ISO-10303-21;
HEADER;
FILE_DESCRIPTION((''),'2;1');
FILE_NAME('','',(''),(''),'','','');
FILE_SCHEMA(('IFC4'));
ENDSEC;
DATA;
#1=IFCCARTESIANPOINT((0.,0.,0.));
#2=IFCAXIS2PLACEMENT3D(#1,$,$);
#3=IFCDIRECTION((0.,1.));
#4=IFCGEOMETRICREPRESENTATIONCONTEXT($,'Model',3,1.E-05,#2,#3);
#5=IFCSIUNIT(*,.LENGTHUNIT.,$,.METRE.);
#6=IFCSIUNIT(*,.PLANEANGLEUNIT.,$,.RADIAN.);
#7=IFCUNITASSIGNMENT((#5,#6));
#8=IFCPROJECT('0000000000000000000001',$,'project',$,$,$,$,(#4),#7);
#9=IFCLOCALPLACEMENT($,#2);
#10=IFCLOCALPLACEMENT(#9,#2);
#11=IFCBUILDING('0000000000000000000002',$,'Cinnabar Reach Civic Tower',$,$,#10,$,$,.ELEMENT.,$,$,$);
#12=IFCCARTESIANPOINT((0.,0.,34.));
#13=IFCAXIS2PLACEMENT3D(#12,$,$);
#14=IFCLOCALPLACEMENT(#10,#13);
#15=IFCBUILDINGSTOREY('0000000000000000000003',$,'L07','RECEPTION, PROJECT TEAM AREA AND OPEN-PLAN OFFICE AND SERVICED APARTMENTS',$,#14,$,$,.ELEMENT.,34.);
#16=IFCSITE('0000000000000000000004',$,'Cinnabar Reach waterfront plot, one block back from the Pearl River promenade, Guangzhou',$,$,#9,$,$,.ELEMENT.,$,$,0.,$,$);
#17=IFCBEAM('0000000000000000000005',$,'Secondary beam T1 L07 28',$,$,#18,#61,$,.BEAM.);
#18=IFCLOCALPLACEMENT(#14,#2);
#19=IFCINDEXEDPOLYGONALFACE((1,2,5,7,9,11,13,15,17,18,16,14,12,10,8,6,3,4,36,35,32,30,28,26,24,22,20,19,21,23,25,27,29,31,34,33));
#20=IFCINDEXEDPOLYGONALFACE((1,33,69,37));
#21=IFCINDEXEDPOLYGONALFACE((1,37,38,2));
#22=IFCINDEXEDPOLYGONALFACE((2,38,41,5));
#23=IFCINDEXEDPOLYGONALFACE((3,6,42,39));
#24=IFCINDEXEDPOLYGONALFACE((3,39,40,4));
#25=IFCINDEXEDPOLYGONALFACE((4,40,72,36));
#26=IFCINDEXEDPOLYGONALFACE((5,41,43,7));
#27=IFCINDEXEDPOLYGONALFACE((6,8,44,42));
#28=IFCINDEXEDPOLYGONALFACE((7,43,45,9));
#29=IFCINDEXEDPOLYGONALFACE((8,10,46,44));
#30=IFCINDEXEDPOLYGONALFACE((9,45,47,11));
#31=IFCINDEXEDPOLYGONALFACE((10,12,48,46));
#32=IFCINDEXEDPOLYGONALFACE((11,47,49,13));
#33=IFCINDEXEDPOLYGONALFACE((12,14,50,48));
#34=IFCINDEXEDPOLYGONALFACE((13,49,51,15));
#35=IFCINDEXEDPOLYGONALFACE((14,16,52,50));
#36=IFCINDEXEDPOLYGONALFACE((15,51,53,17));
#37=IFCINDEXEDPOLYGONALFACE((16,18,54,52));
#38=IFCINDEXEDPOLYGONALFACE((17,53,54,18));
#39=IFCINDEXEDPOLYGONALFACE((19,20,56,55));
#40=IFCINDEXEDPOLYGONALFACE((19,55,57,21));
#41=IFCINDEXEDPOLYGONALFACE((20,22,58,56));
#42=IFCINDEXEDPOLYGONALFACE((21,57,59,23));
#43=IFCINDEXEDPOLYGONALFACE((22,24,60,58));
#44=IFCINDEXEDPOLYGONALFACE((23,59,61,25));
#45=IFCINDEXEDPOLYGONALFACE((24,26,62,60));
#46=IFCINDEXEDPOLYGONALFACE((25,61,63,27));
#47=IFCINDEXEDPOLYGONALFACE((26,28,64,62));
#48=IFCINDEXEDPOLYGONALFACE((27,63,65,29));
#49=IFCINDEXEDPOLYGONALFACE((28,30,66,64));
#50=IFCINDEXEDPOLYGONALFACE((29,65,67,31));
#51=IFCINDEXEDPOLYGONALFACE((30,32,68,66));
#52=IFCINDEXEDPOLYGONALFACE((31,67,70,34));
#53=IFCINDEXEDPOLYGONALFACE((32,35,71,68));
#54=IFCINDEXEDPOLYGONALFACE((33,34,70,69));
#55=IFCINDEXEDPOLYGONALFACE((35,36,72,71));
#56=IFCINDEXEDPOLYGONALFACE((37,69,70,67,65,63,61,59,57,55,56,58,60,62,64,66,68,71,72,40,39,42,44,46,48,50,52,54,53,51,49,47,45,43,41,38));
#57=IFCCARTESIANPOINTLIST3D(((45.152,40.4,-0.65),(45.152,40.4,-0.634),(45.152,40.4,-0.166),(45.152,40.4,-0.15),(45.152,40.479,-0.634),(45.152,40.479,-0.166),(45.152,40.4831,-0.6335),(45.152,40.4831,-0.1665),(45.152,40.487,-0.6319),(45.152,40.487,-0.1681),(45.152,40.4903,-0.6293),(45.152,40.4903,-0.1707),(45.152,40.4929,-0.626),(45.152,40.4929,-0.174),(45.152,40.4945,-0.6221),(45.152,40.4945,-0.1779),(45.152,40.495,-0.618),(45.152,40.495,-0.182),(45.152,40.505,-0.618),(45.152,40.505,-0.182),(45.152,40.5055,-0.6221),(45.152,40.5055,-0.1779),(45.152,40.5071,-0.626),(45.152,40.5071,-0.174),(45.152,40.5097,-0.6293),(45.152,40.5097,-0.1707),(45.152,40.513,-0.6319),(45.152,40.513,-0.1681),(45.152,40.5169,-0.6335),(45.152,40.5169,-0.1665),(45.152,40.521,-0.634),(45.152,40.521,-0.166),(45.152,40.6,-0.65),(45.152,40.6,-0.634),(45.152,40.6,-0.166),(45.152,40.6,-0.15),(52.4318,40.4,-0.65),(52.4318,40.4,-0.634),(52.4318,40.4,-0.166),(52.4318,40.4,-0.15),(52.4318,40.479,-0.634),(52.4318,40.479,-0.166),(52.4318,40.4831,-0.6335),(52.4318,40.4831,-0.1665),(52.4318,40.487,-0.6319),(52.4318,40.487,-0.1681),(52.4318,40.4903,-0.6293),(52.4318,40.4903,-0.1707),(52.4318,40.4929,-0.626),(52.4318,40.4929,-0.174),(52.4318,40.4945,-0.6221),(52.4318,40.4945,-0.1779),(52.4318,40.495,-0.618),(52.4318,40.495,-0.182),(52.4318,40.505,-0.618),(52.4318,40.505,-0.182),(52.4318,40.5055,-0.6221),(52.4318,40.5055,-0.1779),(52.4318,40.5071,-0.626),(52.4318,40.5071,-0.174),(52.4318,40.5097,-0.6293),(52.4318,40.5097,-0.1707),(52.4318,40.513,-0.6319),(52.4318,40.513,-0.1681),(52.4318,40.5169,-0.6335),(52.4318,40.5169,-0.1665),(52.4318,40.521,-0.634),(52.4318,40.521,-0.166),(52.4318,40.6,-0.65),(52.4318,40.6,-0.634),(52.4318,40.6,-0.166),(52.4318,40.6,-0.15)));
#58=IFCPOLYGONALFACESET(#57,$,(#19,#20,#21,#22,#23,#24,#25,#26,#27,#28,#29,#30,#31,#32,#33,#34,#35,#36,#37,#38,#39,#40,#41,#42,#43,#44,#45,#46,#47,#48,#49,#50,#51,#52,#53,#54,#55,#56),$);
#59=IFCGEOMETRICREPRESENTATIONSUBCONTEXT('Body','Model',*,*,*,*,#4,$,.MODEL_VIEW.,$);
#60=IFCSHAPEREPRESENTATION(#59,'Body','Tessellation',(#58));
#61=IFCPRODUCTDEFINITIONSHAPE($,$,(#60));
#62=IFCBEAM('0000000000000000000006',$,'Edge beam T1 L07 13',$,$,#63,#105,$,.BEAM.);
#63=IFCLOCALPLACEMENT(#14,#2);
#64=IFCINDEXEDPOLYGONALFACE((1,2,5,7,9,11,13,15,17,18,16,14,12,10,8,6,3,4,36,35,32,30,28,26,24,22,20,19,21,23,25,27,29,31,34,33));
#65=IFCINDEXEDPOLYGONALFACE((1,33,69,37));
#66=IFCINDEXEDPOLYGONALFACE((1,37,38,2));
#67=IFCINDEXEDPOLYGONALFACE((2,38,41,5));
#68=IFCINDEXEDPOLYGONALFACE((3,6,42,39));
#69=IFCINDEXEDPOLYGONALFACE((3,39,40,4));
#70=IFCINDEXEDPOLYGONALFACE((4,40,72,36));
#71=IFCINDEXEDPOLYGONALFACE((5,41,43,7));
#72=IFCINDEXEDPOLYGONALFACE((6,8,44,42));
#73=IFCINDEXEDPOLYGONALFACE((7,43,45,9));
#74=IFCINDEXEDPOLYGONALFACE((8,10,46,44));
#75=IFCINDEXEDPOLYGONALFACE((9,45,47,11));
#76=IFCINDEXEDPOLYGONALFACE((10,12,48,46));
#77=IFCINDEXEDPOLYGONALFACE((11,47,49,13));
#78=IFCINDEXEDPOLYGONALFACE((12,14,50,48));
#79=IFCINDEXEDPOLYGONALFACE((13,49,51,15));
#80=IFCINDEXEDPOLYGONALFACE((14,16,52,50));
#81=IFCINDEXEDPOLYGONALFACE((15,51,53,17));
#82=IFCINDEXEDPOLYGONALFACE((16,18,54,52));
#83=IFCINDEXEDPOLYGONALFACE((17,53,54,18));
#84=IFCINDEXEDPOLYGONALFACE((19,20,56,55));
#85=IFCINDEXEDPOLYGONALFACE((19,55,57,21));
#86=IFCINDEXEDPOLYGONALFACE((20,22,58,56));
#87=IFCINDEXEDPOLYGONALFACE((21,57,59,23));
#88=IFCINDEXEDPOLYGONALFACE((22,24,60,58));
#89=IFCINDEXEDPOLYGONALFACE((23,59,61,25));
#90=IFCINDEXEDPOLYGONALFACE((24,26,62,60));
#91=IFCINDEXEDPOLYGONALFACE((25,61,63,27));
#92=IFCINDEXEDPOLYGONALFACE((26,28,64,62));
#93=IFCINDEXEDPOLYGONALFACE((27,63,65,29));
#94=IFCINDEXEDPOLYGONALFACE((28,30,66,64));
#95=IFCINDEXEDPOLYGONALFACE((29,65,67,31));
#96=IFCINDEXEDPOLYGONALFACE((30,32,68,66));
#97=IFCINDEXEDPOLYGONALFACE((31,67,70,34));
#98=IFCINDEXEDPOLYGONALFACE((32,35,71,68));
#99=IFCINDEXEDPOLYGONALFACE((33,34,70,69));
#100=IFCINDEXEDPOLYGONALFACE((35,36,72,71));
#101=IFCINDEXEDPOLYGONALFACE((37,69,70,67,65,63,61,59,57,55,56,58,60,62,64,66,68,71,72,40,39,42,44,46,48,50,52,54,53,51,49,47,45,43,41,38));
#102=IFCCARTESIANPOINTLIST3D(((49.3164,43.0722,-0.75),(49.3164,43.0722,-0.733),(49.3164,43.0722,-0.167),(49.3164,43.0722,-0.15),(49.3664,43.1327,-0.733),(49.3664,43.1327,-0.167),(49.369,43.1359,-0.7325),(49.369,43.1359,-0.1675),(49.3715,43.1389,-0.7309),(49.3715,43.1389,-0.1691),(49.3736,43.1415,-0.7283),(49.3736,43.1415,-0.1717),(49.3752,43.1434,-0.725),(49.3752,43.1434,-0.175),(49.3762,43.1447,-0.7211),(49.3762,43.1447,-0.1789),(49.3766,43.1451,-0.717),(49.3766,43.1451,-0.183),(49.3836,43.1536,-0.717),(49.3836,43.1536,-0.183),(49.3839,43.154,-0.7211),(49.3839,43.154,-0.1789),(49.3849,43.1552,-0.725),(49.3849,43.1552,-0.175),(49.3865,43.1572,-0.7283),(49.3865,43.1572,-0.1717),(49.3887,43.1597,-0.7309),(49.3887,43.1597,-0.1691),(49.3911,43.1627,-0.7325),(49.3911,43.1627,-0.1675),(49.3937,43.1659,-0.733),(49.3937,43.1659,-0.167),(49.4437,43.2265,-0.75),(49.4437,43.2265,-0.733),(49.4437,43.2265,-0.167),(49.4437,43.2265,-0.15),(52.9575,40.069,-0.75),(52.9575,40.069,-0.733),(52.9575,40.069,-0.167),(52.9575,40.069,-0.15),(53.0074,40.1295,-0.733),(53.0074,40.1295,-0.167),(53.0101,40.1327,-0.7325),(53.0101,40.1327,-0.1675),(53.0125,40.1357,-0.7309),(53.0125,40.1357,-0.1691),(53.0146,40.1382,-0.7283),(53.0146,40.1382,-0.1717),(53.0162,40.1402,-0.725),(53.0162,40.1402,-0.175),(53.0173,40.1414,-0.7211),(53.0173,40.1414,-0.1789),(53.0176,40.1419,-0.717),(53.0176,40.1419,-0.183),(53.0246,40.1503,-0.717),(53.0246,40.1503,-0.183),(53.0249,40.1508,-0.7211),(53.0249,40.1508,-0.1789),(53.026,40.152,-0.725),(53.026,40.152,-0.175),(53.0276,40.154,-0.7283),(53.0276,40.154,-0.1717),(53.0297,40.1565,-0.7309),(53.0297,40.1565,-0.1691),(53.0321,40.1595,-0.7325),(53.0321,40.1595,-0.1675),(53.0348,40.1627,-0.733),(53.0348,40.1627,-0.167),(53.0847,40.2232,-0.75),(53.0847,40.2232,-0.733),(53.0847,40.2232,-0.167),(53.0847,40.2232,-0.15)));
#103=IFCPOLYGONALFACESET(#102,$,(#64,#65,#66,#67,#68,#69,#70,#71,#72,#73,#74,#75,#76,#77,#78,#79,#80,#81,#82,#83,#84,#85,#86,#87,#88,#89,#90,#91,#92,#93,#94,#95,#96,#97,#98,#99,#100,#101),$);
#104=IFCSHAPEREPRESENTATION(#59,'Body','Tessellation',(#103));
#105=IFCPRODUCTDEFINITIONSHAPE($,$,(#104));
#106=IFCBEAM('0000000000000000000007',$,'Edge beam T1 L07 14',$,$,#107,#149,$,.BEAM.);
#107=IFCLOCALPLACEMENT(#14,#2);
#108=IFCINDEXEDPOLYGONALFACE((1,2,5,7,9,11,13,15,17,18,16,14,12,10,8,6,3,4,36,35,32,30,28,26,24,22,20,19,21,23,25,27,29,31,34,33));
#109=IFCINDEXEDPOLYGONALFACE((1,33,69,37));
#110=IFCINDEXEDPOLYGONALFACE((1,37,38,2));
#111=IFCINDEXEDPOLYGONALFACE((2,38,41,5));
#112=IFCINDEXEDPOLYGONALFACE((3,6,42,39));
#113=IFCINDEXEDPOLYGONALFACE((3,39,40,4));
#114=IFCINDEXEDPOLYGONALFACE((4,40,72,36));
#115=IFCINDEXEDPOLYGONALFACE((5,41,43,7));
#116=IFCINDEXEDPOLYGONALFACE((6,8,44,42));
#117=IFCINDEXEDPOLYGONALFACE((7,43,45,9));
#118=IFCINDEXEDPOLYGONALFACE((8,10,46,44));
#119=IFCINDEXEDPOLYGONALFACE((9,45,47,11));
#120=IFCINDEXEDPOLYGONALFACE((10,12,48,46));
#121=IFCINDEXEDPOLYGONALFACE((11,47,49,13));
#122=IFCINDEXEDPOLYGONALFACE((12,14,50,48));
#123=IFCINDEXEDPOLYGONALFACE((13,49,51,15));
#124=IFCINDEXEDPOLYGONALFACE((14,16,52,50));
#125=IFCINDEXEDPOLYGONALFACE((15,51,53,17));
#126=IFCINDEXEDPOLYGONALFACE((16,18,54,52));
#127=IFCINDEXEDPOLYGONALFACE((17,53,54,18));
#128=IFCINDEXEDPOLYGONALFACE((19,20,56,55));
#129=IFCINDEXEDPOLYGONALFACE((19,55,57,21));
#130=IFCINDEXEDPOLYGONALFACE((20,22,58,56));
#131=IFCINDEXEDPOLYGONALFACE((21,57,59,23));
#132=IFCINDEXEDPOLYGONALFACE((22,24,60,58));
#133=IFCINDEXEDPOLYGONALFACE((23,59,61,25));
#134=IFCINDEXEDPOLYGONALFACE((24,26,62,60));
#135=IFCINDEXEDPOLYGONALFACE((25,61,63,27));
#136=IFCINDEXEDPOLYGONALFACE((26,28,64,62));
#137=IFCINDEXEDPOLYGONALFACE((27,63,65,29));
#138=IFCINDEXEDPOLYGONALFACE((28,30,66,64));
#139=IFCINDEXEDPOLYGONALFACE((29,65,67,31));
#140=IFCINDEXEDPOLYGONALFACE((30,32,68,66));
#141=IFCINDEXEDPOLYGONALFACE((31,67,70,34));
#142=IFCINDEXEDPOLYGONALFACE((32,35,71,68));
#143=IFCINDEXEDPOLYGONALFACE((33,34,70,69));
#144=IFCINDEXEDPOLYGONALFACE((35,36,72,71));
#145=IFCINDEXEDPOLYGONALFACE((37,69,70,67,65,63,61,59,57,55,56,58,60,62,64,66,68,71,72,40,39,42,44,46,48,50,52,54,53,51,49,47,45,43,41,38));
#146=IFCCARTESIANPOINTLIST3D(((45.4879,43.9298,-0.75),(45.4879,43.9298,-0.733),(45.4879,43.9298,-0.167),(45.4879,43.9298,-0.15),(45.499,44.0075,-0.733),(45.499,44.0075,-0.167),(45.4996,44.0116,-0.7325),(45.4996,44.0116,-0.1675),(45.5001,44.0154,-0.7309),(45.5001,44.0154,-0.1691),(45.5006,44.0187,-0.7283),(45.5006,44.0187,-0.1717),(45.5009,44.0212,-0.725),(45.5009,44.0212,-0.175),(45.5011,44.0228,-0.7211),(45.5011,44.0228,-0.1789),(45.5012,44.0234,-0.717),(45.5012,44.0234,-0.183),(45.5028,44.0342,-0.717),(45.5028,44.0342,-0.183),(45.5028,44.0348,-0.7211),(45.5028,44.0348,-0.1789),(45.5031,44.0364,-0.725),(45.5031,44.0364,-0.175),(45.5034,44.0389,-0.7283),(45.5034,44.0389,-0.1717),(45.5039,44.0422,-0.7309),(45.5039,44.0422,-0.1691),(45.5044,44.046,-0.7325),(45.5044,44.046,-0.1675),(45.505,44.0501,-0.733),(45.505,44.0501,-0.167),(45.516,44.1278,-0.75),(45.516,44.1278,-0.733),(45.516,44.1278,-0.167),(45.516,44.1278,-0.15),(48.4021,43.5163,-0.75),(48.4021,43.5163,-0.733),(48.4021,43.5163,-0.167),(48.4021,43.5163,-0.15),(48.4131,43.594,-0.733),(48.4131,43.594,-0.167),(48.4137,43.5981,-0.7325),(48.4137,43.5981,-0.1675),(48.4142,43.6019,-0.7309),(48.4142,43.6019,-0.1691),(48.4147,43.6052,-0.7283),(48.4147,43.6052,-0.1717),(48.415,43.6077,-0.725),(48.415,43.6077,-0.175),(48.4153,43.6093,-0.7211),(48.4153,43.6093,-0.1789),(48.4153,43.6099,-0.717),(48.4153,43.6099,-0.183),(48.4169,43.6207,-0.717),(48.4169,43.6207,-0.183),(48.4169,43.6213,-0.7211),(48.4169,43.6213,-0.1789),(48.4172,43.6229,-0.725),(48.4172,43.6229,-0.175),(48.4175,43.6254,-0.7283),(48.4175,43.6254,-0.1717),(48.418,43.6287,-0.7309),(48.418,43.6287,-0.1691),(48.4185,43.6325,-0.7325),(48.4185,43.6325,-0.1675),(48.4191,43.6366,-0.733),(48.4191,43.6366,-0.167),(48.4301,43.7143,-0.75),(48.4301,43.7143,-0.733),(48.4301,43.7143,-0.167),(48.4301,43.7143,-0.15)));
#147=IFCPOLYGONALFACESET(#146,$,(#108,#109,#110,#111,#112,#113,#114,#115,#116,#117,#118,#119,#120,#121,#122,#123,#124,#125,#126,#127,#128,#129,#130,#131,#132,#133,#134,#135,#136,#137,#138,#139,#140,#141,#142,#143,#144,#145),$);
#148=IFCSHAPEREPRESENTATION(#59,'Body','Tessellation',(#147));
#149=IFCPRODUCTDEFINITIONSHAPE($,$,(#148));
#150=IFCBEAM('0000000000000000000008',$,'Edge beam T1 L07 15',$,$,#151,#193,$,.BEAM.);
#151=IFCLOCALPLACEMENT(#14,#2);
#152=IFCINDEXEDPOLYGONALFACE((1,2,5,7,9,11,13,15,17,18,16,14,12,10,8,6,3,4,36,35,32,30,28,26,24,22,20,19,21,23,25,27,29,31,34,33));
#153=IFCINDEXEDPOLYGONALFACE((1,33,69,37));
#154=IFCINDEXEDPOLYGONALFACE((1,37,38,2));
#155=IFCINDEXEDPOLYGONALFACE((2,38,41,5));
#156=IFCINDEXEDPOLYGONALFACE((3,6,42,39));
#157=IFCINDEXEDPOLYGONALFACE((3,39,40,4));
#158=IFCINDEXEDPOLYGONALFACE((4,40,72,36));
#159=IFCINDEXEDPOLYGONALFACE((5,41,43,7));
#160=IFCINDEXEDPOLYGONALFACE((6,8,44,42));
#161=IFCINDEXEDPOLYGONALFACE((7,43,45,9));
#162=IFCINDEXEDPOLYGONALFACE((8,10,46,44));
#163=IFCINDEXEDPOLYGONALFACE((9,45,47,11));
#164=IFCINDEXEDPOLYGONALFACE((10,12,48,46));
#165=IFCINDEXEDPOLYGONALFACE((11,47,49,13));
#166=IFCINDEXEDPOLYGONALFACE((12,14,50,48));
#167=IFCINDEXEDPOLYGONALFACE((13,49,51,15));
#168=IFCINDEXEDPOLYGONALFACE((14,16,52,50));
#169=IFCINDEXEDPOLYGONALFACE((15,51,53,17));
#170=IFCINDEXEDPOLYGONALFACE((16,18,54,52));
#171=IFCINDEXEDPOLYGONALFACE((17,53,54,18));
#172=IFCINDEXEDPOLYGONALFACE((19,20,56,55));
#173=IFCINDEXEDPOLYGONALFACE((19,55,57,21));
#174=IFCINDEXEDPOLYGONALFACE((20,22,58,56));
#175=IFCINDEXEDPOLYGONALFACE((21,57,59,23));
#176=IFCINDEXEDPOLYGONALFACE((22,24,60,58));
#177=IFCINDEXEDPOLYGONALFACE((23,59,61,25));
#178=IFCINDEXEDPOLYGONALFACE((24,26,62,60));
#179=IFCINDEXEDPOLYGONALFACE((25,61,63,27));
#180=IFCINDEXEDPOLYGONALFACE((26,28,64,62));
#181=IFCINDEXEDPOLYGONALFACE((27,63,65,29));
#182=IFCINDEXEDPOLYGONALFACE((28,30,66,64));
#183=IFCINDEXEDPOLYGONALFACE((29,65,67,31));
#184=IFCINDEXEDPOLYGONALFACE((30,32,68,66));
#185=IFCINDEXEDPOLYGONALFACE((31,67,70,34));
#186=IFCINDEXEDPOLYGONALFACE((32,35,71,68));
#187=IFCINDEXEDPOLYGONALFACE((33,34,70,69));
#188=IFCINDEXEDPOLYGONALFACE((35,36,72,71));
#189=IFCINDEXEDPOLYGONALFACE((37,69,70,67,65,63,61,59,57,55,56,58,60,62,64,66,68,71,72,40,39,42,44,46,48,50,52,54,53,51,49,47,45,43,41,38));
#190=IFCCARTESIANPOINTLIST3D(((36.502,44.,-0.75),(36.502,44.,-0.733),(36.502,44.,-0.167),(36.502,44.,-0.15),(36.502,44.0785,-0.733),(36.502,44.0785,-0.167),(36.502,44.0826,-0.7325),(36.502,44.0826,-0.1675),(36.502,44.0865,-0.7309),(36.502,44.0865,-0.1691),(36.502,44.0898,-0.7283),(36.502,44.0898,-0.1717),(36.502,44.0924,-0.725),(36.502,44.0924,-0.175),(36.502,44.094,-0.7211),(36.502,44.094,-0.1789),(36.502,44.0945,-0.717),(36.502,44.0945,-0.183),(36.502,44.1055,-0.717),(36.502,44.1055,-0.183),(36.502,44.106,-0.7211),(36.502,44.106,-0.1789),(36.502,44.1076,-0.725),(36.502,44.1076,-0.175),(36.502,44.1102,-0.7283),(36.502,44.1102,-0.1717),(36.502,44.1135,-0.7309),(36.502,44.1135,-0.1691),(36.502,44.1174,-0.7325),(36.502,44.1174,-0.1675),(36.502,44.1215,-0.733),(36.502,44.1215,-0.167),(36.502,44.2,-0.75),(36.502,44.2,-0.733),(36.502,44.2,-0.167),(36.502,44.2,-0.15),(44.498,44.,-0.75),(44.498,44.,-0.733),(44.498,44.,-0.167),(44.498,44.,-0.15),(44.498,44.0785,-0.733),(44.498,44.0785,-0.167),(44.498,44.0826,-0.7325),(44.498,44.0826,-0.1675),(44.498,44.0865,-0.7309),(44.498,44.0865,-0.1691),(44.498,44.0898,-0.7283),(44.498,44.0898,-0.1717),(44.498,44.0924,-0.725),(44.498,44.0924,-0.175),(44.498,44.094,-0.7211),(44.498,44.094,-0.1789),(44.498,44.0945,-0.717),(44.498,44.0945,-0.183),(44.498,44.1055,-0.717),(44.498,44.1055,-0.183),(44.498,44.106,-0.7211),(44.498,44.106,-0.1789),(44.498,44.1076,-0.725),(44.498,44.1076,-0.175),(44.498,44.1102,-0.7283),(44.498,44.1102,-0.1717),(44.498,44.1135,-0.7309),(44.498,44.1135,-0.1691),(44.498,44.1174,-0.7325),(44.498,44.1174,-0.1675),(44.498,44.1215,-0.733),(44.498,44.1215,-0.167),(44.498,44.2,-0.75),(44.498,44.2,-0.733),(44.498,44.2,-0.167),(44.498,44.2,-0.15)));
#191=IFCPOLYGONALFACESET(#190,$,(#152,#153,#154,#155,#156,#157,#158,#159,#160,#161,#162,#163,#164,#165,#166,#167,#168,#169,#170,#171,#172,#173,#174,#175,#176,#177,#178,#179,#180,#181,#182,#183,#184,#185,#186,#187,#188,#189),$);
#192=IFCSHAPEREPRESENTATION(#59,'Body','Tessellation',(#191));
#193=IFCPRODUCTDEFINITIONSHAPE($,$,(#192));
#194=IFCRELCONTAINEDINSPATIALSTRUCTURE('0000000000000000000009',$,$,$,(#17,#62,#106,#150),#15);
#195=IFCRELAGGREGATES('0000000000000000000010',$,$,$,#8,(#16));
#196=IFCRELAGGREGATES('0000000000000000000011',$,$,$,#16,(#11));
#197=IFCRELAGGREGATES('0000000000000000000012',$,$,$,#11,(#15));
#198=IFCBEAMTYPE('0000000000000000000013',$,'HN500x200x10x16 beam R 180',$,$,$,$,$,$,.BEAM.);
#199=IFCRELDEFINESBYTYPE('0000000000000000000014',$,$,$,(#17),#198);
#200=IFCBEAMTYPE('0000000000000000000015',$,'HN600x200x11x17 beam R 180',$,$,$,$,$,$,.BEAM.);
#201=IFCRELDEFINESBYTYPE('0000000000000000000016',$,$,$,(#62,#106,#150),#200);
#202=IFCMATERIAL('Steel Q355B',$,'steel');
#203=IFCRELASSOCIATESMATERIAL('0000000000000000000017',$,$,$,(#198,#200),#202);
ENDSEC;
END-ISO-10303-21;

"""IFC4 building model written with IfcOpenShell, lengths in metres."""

from ifc_helpers import new_model, si_unit, direction, frame, origin, origin_2d, place, context, subcontext, project, spatial, i_section, extrude, material, material_profile, profile_set, type_object, element, save


model = new_model("IFC4")

# Units and contexts
model_context = context("Model", 3, precision=1e-05, world=origin(), true_north=direction((0.0, 1.0)))
body_context = subcontext(model_context, "Body", "Model", "MODEL_VIEW")
ifc_project = project(units=[si_unit("LENGTHUNIT", "METRE"), si_unit("PLANEANGLEUNIT", "RADIAN")], contexts=[model_context])

# Site, building, storey
site_placement = place(None, origin())
site = spatial("IfcSite", under=ifc_project, at=site_placement, Name="Cinnabar Reach waterfront plot, one block back from the Pearl River promenade, Guangzhou", CompositionType="ELEMENT", RefElevation=0.0)
building_placement = place(site_placement, origin())
building = spatial("IfcBuilding", under=site, at=building_placement, Name="Cinnabar Reach Civic Tower", CompositionType="ELEMENT")
storey_placement = place(building_placement, frame((0.0, 0.0, 34.0)))
storey = spatial("IfcBuildingStorey", under=building, at=storey_placement, Name="L07", Description="RECEPTION, PROJECT TEAM AREA AND OPEN-PLAN OFFICE AND SERVICED APARTMENTS", CompositionType="ELEMENT", Elevation=34.0)

# Beams
ifc_material_1 = material(Name="Steel Q355B", Category="steel")
ifc_material_profile_1 = material_profile(ifc_material_1, i_section(OverallWidth=0.2, OverallDepth=0.5, WebThickness=0.01, FlangeThickness=0.016, FilletRadius=0.016, at=origin_2d()), Name="HN500x200x10x16")
ifc_profile_set_1 = profile_set([ifc_material_profile_1], Name="Steel Q355B")
beam_type_1 = type_object("IfcBeamType", Name="HN500x200x10x16 beam R 180", PredefinedType="BEAM", material=ifc_profile_set_1)
beam_1_placement = place(storey_placement, frame((45.152, 40.5, -0.4), z_axis=(1.0, 0.0, 0.0), x_axis=(0.0, 1.0, 0.0)))
element("IfcBeam", 1, at=beam_1_placement, inside=storey, type_object=beam_type_1, Name="Secondary beam T1 L07 28", PredefinedType="BEAM", context=body_context, shape_type="SweptSolid", body=[
    extrude(i_section(OverallWidth=0.2, OverallDepth=0.5, WebThickness=0.01, FlangeThickness=0.016, FilletRadius=0.016, at=origin_2d()), origin(), (0.0, 0.0, 1.0), 7.2798),
])
ifc_material_profile_2 = material_profile(ifc_material_1, i_section(OverallWidth=0.2, OverallDepth=0.6, WebThickness=0.011, FlangeThickness=0.017, FilletRadius=0.016, at=origin_2d()), Name="HN600x200x11x17")
ifc_profile_set_2 = profile_set([ifc_material_profile_2], Name="Steel Q355B")
beam_type_2 = type_object("IfcBeamType", Name="HN600x200x11x17 beam R 180", PredefinedType="BEAM", material=ifc_profile_set_2)
beam_2_placement = place(storey_placement, frame((53.0211, 40.1461, -0.45), z_axis=(-0.771438, 0.636304, 0.0), x_axis=(-0.636304, -0.771438, 0.0)))
element("IfcBeam", 2, at=beam_2_placement, inside=storey, type_object=beam_type_2, Name="Edge beam T1 L07 13", PredefinedType="BEAM", context=body_context, shape_type="SweptSolid", body=[
    extrude(i_section(OverallWidth=0.2, OverallDepth=0.6, WebThickness=0.011, FlangeThickness=0.017, FilletRadius=0.016, at=origin_2d()), origin(), (0.0, 0.0, 1.0), 4.7198),
])
beam_3_placement = place(storey_placement, frame((48.4161, 43.6153, -0.45), z_axis=(-0.990082, 0.140489, 0.0), x_axis=(-0.140489, -0.990082, 0.0)))
element("IfcBeam", 3, at=beam_3_placement, inside=storey, type_object=beam_type_2, Name="Edge beam T1 L07 14", PredefinedType="BEAM", context=body_context, shape_type="SweptSolid", body=[
    extrude(i_section(OverallWidth=0.2, OverallDepth=0.6, WebThickness=0.011, FlangeThickness=0.017, FilletRadius=0.016, at=origin_2d()), origin(), (0.0, 0.0, 1.0), 2.9433),
])
beam_4_placement = place(storey_placement, frame((44.498, 44.1, -0.45), z_axis=(-1.0, 0.0, 0.0), x_axis=(0.0, -1.0, 0.0)))
element("IfcBeam", 4, at=beam_4_placement, inside=storey, type_object=beam_type_2, Name="Edge beam T1 L07 15", PredefinedType="BEAM", context=body_context, shape_type="SweptSolid", body=[
    extrude(i_section(OverallWidth=0.2, OverallDepth=0.6, WebThickness=0.011, FlangeThickness=0.017, FilletRadius=0.016, at=origin_2d()), origin(), (0.0, 0.0, 1.0), 7.996),
])

save(model, "model.ifc")
